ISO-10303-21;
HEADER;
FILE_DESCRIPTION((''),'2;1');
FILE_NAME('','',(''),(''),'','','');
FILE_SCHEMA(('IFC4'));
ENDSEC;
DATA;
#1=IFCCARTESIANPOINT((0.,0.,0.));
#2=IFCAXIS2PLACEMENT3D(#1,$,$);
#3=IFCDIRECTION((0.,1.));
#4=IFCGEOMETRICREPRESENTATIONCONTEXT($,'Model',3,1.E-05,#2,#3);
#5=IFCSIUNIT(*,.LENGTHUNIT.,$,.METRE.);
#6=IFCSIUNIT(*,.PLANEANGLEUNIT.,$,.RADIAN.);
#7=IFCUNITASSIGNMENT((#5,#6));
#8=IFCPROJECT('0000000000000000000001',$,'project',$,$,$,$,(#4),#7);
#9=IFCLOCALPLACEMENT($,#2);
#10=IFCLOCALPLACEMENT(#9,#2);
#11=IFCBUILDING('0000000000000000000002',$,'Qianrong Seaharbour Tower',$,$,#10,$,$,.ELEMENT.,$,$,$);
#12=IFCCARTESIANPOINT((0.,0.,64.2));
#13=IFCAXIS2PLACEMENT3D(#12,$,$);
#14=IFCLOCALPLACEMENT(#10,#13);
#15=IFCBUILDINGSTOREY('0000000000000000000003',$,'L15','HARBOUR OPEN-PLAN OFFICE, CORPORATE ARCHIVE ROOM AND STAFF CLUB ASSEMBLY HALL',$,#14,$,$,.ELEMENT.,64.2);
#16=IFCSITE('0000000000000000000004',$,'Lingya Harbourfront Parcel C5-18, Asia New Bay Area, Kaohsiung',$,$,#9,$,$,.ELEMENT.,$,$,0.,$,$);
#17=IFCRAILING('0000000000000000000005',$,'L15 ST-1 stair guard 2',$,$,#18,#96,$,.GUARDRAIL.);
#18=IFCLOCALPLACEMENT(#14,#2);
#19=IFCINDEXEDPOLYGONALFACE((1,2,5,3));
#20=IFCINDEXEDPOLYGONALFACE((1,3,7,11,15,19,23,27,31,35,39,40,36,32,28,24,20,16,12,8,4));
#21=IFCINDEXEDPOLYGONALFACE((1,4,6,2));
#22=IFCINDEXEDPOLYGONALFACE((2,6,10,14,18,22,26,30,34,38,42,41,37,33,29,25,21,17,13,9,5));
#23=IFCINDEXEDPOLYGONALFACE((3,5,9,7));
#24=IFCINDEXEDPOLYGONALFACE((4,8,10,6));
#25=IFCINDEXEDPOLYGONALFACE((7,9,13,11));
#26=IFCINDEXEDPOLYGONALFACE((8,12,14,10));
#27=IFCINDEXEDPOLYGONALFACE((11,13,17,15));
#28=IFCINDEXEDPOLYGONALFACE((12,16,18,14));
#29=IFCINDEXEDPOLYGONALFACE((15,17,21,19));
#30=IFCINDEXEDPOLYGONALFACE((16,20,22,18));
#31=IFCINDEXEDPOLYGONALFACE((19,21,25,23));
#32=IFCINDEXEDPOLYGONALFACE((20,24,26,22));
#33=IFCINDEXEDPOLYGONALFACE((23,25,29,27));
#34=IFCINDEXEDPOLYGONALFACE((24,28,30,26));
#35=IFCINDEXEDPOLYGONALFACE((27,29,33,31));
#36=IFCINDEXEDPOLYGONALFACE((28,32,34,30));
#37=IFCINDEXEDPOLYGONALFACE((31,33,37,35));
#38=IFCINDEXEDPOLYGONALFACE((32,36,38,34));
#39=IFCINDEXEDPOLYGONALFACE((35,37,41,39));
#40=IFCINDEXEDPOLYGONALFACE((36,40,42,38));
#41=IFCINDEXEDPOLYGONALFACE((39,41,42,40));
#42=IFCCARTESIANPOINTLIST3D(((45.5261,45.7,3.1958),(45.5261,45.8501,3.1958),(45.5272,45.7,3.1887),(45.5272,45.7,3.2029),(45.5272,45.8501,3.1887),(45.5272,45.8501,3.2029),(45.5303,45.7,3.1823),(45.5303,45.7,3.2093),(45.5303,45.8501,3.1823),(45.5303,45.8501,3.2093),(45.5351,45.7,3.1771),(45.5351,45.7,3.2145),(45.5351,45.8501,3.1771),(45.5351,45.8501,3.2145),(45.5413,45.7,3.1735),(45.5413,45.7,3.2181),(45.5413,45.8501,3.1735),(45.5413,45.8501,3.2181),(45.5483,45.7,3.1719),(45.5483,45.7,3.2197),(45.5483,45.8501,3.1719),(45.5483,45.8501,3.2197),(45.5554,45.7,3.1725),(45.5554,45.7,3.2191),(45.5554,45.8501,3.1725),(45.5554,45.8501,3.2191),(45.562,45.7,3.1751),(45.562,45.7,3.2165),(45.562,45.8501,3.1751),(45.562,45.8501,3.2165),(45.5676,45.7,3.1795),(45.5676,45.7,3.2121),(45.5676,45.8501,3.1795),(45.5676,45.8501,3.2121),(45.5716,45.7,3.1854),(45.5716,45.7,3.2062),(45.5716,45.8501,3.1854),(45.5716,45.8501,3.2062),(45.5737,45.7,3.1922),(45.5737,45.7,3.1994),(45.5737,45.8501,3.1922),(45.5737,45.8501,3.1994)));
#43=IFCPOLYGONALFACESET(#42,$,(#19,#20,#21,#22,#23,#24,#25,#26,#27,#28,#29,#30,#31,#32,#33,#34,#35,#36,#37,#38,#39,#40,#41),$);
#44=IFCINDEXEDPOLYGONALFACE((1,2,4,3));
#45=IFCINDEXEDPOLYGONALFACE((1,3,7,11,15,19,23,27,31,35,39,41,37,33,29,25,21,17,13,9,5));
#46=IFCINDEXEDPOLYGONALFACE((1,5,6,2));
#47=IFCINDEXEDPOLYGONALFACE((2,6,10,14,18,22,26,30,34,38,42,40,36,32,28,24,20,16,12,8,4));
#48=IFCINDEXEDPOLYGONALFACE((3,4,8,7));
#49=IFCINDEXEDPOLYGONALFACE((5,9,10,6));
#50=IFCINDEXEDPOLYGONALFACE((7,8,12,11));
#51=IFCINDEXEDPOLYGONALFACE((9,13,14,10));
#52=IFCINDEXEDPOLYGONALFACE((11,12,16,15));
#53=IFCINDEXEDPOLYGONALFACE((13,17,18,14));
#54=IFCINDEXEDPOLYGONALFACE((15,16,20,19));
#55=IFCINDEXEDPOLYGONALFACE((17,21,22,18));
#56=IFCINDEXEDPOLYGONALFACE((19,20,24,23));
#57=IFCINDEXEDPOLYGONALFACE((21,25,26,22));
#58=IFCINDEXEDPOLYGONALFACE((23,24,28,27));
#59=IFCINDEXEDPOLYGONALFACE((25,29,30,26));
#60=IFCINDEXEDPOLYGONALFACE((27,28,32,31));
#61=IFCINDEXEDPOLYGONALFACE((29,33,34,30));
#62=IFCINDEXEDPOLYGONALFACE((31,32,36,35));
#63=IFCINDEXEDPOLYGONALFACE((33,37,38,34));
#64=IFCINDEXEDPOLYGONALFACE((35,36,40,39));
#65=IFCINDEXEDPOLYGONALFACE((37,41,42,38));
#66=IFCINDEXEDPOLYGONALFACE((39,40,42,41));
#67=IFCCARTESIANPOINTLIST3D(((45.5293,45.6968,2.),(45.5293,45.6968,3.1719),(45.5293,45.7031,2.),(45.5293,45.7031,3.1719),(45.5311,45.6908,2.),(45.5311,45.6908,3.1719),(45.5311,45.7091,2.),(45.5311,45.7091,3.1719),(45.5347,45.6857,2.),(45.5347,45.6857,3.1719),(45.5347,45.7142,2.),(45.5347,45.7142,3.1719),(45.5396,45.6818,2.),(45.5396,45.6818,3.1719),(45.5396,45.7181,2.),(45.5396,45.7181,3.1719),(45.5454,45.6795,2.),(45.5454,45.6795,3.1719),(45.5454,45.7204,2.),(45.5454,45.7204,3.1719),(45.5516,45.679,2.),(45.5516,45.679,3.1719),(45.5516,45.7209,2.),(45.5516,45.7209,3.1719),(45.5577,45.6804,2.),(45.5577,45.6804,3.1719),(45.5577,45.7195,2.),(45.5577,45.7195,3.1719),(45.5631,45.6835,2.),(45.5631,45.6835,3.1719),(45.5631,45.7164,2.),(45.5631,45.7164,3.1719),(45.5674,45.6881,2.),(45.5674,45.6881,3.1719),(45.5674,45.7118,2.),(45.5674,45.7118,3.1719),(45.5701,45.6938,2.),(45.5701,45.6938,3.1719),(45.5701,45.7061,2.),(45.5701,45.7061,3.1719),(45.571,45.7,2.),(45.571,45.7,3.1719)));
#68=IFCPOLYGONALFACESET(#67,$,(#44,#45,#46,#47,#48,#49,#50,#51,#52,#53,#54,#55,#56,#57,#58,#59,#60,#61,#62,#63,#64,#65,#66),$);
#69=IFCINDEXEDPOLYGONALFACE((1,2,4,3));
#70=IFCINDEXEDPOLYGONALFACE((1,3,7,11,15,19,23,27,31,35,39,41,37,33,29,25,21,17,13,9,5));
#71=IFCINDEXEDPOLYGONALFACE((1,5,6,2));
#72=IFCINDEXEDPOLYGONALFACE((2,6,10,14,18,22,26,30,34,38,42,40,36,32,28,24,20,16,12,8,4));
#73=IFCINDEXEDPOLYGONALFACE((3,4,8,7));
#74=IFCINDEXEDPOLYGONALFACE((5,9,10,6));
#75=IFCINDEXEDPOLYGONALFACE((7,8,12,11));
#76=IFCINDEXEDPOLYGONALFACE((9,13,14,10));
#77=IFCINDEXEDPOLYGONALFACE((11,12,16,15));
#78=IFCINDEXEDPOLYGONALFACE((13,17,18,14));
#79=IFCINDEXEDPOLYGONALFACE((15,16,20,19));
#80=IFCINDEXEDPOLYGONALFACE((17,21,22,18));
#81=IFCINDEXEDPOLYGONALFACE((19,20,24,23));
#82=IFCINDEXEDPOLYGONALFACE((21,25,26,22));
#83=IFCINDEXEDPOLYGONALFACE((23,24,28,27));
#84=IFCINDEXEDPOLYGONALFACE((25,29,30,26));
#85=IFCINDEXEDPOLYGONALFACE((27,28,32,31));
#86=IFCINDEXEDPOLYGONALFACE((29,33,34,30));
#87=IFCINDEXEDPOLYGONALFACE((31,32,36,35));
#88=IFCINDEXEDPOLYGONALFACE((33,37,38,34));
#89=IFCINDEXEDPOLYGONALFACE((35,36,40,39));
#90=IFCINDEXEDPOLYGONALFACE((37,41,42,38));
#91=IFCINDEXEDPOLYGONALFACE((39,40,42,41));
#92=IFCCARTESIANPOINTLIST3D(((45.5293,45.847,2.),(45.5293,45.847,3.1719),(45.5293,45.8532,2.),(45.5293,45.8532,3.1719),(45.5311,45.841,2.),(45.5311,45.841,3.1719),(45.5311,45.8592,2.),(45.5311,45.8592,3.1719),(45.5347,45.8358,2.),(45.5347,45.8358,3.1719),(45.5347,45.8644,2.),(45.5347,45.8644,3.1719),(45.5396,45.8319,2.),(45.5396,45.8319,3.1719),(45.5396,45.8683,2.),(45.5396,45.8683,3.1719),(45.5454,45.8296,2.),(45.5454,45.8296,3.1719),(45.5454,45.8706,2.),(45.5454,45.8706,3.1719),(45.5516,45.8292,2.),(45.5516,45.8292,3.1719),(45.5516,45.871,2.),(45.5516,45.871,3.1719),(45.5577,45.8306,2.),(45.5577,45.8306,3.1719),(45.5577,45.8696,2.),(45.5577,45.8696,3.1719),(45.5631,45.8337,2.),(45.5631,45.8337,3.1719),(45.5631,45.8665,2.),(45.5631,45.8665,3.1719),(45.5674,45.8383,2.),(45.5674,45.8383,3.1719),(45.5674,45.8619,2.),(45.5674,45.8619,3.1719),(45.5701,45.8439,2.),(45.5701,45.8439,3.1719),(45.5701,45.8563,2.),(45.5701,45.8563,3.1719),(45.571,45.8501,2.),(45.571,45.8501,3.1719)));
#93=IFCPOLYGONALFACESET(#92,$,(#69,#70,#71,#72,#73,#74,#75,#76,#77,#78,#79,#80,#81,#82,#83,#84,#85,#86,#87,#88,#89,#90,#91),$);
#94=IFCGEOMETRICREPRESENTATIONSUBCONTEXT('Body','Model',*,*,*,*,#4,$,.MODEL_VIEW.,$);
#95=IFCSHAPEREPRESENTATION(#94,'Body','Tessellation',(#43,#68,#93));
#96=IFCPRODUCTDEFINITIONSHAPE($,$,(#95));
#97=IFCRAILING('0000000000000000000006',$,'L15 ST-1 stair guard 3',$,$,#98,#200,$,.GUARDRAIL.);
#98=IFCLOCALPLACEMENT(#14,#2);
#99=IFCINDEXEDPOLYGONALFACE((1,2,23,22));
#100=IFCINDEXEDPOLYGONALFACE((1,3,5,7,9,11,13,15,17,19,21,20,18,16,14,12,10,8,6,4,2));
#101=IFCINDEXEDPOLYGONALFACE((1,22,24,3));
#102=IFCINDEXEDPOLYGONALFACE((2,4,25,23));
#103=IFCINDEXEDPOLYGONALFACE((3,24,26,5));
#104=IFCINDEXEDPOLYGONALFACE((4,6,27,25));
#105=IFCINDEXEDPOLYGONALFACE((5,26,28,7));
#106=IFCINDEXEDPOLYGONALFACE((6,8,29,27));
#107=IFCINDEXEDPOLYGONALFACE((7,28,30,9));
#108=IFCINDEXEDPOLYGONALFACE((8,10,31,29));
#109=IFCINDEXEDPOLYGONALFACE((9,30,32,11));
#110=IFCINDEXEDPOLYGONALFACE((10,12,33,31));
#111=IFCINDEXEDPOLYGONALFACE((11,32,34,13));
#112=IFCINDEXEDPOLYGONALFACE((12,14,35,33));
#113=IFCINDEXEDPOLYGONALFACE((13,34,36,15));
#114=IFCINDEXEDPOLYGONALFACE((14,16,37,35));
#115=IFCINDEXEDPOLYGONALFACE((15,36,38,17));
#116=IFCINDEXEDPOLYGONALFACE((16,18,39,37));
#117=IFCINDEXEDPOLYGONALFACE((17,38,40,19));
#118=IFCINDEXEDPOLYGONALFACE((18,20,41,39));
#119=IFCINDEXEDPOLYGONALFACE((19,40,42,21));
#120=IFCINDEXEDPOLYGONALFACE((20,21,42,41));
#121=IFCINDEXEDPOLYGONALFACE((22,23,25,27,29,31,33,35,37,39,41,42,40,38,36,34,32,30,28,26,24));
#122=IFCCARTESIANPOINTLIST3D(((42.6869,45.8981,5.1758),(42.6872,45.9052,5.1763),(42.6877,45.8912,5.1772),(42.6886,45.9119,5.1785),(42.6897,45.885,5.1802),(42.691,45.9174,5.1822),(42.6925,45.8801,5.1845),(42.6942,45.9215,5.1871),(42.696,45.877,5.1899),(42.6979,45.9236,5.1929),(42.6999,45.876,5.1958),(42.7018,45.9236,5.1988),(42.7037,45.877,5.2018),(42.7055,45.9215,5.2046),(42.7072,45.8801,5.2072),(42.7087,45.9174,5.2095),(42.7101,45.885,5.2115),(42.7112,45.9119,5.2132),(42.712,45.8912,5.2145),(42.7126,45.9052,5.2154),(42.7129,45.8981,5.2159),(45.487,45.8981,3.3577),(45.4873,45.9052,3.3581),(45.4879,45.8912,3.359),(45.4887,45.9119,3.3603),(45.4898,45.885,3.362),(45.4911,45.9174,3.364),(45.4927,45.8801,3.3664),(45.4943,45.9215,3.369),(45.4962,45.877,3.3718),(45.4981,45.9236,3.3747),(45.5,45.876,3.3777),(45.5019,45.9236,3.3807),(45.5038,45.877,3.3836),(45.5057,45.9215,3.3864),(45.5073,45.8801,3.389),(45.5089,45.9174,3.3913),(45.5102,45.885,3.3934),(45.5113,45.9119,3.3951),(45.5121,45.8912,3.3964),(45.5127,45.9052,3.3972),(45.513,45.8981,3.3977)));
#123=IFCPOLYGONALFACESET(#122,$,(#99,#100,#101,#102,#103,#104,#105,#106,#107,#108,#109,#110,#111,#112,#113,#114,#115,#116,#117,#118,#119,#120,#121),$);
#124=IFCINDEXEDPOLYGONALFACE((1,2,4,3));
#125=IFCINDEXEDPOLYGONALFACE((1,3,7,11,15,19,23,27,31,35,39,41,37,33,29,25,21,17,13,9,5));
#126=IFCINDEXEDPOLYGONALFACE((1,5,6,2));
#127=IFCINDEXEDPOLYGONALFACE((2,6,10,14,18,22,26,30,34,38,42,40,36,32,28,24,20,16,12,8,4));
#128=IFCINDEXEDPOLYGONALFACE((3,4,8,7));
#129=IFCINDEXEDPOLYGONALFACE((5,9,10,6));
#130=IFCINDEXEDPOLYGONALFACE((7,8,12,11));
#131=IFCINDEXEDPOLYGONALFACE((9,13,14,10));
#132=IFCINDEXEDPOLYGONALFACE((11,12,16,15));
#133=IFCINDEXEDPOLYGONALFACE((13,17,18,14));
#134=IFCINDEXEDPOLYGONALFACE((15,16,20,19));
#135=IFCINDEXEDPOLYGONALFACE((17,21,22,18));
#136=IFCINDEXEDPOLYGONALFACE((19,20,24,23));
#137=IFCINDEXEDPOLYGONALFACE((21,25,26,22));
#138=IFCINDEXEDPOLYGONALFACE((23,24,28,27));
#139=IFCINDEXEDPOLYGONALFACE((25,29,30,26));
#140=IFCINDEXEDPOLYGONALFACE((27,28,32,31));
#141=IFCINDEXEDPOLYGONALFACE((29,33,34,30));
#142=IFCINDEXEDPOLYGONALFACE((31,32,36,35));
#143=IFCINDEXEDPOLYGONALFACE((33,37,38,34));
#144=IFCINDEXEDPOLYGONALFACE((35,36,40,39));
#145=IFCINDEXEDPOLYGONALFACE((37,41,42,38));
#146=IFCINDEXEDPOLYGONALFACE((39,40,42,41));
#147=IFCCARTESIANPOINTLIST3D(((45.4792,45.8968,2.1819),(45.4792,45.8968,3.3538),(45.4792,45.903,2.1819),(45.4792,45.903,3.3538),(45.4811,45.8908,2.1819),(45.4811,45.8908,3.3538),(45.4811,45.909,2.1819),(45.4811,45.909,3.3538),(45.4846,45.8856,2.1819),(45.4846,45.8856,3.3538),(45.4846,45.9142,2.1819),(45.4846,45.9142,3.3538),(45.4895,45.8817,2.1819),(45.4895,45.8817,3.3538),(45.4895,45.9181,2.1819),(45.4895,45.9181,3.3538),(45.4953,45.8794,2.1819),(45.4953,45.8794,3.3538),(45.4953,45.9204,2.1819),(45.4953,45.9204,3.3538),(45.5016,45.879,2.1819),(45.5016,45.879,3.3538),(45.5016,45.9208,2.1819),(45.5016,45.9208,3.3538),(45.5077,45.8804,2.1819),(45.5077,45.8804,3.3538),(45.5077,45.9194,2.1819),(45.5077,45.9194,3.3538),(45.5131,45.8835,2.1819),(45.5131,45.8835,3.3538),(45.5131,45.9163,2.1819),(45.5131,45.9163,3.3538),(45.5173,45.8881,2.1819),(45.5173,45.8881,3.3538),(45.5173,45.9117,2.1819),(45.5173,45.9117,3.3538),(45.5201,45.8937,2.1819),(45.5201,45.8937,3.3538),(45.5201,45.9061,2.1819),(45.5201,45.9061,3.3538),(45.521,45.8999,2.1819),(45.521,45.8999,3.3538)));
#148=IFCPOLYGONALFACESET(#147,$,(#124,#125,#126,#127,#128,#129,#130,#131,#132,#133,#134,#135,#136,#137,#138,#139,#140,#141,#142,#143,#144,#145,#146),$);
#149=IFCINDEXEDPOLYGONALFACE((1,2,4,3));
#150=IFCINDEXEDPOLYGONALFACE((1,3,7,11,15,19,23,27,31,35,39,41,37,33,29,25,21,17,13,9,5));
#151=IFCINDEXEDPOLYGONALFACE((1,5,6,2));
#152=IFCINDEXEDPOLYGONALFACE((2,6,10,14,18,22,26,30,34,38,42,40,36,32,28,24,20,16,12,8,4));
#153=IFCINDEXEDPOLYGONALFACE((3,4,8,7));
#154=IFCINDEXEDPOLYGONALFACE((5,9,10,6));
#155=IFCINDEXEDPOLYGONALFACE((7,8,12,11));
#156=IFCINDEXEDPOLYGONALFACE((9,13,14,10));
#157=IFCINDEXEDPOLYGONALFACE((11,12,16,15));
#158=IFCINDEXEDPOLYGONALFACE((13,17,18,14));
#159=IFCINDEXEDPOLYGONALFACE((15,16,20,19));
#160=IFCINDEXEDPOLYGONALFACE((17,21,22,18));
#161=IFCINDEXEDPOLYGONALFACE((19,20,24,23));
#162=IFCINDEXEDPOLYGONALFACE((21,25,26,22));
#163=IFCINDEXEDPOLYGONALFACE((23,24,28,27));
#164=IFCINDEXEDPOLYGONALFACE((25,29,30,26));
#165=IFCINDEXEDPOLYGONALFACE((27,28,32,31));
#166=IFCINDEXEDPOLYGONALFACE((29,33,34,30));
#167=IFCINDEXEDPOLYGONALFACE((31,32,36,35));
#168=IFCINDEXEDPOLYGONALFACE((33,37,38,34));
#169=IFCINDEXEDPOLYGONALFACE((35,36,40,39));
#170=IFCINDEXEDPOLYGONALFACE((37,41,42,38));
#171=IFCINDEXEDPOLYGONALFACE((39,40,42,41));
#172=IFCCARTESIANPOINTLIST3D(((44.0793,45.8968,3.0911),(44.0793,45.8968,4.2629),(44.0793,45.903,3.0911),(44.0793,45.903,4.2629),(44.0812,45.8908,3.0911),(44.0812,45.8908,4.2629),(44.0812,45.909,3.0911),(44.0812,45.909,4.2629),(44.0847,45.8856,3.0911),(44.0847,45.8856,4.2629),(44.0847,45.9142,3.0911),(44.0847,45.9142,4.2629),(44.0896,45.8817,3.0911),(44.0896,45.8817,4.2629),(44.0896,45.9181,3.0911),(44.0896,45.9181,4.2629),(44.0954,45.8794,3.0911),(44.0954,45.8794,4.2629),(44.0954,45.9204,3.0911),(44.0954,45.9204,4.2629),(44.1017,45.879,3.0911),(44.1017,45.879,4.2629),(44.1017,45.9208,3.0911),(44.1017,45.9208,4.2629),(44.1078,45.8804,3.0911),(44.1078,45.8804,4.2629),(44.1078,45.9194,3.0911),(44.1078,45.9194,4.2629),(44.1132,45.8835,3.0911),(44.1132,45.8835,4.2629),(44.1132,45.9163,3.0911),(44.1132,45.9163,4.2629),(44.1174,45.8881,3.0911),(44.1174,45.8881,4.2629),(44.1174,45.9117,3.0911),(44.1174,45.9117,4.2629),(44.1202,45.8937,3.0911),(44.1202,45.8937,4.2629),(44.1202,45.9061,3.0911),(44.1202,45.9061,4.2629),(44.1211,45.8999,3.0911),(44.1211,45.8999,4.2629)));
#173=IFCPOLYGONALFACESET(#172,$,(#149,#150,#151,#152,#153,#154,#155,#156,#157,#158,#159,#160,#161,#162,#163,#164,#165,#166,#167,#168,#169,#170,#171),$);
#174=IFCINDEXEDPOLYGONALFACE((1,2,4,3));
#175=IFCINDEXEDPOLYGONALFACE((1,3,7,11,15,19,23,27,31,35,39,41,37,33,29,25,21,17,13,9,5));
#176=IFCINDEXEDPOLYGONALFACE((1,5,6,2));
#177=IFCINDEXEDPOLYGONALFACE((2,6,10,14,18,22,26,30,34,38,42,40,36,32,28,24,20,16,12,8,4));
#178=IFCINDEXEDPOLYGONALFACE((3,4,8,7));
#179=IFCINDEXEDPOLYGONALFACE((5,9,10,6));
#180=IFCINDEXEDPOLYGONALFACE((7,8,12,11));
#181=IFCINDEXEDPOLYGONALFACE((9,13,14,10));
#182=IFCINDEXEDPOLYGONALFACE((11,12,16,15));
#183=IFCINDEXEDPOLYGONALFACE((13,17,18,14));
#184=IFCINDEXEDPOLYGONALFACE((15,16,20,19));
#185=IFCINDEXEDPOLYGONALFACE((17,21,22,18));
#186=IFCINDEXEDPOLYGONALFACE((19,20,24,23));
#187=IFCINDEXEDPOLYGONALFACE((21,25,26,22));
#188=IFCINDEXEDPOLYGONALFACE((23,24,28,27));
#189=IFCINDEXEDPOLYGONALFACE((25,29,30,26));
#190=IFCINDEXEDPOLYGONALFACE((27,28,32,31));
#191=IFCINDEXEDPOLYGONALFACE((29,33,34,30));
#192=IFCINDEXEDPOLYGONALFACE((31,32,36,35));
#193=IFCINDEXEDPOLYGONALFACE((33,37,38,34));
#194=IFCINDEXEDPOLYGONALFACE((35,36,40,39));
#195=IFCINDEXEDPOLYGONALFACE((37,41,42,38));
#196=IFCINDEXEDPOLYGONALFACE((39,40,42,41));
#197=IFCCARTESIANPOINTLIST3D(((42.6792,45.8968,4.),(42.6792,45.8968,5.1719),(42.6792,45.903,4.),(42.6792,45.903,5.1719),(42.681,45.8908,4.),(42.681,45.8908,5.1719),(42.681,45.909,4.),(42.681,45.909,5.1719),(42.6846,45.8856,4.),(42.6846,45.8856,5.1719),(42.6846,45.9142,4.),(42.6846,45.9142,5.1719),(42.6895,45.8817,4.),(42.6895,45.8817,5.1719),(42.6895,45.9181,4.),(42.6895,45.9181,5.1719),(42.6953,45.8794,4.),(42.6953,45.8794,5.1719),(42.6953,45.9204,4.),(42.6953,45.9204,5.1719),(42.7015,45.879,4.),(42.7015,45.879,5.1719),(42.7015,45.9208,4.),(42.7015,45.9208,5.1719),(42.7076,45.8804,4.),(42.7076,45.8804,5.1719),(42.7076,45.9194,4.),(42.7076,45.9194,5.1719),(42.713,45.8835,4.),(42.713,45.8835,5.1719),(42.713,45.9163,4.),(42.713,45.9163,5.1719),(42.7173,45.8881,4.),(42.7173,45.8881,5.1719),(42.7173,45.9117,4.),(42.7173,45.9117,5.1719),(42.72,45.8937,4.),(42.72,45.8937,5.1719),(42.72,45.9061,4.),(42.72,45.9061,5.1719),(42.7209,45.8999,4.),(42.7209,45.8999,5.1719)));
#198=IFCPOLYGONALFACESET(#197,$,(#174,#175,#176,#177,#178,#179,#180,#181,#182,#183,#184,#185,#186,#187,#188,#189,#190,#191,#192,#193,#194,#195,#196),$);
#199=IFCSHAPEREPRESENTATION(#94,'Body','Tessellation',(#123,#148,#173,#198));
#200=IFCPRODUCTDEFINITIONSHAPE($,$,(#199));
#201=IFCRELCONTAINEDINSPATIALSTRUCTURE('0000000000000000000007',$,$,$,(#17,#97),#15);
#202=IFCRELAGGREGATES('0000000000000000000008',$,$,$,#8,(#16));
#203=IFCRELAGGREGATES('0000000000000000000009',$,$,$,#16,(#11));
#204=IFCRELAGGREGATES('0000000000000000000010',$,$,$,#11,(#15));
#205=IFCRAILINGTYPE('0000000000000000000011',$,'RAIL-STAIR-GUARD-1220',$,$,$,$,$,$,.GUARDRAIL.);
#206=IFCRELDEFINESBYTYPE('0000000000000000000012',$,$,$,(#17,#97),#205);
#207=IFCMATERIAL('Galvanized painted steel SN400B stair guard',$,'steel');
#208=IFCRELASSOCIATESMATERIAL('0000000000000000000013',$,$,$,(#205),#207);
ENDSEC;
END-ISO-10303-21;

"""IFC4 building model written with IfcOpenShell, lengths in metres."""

from ifc_helpers import new_model, si_unit, direction, frame, origin, origin_2d, place, context, subcontext, project, spatial, circle, extrude, material, type_object, element, save


model = new_model("IFC4")

# Units and contexts
model_context = context("Model", 3, precision=1e-05, world=origin(), true_north=direction((0.0, 1.0)))
body_context = subcontext(model_context, "Body", "Model", "MODEL_VIEW")
ifc_project = project(units=[si_unit("LENGTHUNIT", "METRE"), si_unit("PLANEANGLEUNIT", "RADIAN")], contexts=[model_context])

# Site, building, storey
site_placement = place(None, origin())
site = spatial("IfcSite", under=ifc_project, at=site_placement, Name="Lingya Harbourfront Parcel C5-18, Asia New Bay Area, Kaohsiung", CompositionType="ELEMENT", RefElevation=0.0)
building_placement = place(site_placement, origin())
building = spatial("IfcBuilding", under=site, at=building_placement, Name="Qianrong Seaharbour Tower", CompositionType="ELEMENT")
storey_placement = place(building_placement, frame((0.0, 0.0, 64.2)))
storey = spatial("IfcBuildingStorey", under=building, at=storey_placement, Name="L15", Description="HARBOUR OPEN-PLAN OFFICE, CORPORATE ARCHIVE ROOM AND STAFF CLUB ASSEMBLY HALL", CompositionType="ELEMENT", Elevation=64.2)

# Railings
ifc_material_1 = material(Name="Galvanized painted steel SN400B stair guard", Category="steel")
railing_type_1 = type_object("IfcRailingType", Name="RAIL-STAIR-GUARD-1220", PredefinedType="GUARDRAIL", material=ifc_material_1)
railing_1_placement = place(storey_placement, frame((45.55, 45.7, 2.0)))
element("IfcRailing", 1, at=railing_1_placement, inside=storey, type_object=railing_type_1, Name="L15 ST-1 stair guard 2", PredefinedType="GUARDRAIL", context=body_context, shape_type="SweptSolid", body=[
    extrude(circle(Radius=0.0239, at=origin_2d()), frame((0.0, 0.0, 1.1958), z_axis=(0.0, 1.0, 0.0), x_axis=(-1.0, 0.0, 0.0)), (0.0, 0.0, 1.0), 0.1501),
    extrude(circle(Radius=0.021, at=origin_2d()), origin(), (0.0, 0.0, 1.0), 1.1719),
    extrude(circle(Radius=0.021, at=origin_2d()), frame((0.0, 0.1501, 0.0)), (0.0, 0.0, 1.0), 1.1719),
])
railing_2_placement = place(storey_placement, frame((45.5, 45.8999, 2.1819)))
element("IfcRailing", 2, at=railing_2_placement, inside=storey, type_object=railing_type_1, Name="L15 ST-1 stair guard 3", PredefinedType="GUARDRAIL", context=body_context, shape_type="SweptSolid", body=[
    extrude(circle(Radius=0.0239, at=origin_2d()), frame((0.0, 0.0, 1.1958), z_axis=(-0.838706, 0.0, 0.544585), x_axis=(0.0, -1.0, 0.0)), (0.0, 0.0, 1.0), 3.3386),
    extrude(circle(Radius=0.021, at=origin_2d()), origin(), (0.0, 0.0, 1.0), 1.1719),
    extrude(circle(Radius=0.021, at=origin_2d()), frame((-1.3999, 0.0, 0.9092)), (0.0, 0.0, 1.0), 1.1719),
    extrude(circle(Radius=0.021, at=origin_2d()), frame((-2.8, 0.0, 1.8181)), (0.0, 0.0, 1.0), 1.1719),
])

save(model, "model.ifc")
